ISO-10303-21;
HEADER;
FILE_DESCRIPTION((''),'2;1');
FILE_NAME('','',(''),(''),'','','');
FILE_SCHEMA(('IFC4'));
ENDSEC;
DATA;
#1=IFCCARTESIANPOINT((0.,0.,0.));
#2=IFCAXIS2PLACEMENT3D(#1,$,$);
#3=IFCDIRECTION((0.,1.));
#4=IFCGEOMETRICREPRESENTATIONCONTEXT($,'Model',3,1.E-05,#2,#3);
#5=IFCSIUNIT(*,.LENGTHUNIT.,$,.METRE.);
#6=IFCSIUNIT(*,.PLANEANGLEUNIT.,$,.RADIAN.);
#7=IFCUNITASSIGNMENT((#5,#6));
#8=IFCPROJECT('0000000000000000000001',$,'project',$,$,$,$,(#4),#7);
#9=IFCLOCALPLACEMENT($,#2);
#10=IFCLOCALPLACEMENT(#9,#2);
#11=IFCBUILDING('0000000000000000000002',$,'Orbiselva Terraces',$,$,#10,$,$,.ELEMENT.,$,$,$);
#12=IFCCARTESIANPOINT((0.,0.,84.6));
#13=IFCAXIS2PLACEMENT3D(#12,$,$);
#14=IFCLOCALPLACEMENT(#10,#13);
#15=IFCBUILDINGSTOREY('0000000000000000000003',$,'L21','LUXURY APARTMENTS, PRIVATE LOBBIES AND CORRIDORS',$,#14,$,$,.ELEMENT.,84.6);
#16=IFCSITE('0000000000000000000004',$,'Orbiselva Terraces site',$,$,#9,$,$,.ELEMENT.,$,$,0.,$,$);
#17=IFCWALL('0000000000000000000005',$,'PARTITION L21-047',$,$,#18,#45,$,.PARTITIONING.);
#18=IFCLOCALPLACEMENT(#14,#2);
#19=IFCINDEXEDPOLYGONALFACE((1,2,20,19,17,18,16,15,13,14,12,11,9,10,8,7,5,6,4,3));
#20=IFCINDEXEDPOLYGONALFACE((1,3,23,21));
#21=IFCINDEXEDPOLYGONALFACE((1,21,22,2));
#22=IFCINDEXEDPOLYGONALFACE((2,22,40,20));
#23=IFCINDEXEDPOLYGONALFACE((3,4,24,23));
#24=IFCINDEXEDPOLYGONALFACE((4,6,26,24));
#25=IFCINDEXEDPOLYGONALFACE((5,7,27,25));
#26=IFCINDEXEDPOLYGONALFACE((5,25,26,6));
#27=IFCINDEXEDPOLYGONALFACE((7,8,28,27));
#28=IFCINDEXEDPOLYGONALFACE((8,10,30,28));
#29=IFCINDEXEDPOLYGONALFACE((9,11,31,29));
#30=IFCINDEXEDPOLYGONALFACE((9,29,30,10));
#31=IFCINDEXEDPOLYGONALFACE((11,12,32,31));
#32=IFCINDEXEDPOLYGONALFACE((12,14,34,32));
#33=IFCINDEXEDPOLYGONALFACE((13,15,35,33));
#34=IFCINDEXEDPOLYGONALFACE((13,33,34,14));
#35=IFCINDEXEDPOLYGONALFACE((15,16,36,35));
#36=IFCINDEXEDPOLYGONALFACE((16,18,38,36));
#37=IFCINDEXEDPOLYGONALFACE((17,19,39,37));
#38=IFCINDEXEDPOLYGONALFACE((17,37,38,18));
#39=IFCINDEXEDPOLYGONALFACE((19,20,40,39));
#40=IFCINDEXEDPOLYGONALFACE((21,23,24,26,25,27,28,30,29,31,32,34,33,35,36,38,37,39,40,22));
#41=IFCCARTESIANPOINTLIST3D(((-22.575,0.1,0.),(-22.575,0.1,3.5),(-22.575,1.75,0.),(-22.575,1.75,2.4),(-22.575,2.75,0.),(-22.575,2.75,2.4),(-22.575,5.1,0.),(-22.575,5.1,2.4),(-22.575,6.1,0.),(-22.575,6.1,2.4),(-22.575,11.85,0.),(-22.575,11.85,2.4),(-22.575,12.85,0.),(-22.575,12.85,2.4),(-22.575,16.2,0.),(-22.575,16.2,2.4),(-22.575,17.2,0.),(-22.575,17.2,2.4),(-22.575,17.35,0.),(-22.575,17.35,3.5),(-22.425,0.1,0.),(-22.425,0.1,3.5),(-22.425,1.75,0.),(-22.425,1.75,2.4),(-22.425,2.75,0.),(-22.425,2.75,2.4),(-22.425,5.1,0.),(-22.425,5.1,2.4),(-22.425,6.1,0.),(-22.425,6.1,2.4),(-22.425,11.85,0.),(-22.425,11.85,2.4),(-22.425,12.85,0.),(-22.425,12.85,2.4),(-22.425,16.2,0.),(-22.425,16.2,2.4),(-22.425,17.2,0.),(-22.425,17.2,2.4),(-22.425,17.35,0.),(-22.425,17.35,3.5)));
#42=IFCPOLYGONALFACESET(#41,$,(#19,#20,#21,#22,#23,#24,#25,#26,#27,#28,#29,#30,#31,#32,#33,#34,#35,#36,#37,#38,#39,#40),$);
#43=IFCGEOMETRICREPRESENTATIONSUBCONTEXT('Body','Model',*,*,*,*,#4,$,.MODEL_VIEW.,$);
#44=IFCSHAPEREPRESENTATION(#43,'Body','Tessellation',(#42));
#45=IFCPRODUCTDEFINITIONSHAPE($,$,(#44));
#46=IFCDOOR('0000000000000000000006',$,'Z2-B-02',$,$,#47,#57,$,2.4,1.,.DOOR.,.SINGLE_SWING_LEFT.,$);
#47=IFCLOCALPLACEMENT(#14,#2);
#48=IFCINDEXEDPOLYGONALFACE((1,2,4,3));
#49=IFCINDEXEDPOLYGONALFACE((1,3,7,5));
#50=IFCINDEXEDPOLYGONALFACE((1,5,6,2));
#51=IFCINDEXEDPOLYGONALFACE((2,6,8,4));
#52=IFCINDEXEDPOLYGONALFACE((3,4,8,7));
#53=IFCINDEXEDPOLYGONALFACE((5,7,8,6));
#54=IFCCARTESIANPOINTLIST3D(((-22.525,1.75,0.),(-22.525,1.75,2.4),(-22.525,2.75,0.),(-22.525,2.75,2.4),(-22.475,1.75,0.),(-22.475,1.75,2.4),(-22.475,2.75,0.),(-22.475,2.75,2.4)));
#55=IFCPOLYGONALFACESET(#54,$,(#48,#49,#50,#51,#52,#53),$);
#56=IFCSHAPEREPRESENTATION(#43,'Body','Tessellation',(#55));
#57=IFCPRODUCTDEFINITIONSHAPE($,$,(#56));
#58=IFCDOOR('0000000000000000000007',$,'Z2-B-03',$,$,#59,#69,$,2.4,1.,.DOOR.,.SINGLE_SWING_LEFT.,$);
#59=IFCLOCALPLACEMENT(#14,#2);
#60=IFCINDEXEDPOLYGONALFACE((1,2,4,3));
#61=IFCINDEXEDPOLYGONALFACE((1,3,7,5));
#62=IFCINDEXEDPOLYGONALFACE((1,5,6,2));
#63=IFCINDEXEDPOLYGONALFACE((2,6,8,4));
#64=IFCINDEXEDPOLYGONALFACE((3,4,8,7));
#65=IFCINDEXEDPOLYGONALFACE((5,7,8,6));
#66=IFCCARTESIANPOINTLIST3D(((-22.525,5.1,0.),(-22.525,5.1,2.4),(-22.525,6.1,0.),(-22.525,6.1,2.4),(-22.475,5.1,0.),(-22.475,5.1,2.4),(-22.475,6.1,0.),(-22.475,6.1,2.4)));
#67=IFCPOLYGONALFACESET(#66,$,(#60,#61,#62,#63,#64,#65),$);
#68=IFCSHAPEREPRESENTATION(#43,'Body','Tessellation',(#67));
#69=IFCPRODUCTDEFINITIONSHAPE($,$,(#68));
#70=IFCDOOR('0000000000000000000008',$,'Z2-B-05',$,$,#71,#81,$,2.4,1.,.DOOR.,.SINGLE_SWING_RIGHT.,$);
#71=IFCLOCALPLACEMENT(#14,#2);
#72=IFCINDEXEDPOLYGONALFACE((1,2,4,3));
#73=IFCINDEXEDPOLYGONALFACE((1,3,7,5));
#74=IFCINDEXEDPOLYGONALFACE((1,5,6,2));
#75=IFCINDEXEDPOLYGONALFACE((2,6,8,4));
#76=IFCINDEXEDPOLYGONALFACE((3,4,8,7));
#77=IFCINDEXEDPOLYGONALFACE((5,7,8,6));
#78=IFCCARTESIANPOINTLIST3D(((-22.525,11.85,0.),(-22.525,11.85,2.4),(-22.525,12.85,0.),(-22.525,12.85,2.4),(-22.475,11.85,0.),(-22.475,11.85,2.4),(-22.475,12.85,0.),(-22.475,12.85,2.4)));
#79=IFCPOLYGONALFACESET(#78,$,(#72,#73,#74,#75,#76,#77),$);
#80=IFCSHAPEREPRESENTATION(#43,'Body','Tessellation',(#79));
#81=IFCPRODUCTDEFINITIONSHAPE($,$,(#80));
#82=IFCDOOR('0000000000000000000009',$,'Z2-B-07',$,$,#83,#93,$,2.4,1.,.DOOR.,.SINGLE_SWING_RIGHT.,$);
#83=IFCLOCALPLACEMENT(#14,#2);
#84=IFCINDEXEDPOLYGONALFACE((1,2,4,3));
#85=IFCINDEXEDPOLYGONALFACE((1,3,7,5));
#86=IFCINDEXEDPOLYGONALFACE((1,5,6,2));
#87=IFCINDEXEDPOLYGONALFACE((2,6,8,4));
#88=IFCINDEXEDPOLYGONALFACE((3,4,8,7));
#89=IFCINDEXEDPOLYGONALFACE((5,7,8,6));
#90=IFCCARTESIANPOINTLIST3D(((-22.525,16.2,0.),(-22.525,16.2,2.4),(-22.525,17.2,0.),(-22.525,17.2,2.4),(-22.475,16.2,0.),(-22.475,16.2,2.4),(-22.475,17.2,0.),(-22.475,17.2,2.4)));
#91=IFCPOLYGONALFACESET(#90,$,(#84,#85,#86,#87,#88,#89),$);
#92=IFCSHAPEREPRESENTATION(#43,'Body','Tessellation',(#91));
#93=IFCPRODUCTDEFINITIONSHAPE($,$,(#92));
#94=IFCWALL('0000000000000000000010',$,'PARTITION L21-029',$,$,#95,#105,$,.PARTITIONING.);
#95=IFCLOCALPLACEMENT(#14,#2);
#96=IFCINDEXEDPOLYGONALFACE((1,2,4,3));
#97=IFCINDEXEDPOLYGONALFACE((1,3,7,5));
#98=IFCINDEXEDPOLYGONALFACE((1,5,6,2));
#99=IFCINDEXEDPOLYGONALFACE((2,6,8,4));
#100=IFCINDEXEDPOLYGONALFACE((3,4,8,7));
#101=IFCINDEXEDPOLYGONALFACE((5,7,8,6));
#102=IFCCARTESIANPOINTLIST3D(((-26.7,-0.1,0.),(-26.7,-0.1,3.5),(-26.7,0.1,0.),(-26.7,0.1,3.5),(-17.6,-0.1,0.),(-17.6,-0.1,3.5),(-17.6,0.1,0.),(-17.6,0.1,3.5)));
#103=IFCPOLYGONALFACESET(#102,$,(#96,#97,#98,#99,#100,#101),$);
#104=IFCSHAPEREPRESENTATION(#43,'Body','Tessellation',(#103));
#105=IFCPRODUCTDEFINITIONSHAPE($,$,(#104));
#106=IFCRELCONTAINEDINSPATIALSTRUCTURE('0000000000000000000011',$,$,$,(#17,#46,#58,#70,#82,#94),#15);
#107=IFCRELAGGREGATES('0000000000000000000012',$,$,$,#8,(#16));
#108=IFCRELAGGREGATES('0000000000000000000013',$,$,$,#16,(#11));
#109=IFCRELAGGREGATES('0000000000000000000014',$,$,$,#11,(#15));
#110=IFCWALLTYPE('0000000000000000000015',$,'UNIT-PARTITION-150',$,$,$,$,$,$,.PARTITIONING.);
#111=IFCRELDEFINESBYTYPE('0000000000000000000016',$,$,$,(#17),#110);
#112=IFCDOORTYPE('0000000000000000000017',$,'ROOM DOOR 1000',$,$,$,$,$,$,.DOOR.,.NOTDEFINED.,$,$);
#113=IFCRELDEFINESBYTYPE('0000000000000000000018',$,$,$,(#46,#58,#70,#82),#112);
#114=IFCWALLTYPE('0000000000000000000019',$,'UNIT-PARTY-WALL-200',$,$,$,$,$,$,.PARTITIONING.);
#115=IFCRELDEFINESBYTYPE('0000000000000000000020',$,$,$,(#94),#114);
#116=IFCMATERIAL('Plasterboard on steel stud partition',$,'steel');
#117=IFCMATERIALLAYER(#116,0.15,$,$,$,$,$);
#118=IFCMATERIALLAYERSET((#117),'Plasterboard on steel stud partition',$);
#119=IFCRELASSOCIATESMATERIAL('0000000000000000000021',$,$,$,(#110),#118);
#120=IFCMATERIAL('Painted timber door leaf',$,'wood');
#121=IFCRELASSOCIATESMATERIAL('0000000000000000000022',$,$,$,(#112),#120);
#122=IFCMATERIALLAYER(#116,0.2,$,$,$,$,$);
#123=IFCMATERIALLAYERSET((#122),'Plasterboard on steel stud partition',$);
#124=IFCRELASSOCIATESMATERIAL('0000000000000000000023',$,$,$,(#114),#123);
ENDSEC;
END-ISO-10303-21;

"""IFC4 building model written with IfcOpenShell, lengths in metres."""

from ifc_helpers import new_model, si_unit, direction, frame, frame_2d, origin, place, context, subcontext, project, spatial, rectangle, extrude, material, layer, layer_set, type_object, element, fill, save


model = new_model("IFC4")

# Units and contexts
model_context = context("Model", 3, precision=1e-05, world=origin(), true_north=direction((0.0, 1.0)))
body_context = subcontext(model_context, "Body", "Model", "MODEL_VIEW")
ifc_project = project(units=[si_unit("LENGTHUNIT", "METRE"), si_unit("PLANEANGLEUNIT", "RADIAN")], contexts=[model_context])

# Site, building, storey
site_placement = place(None, origin())
site = spatial("IfcSite", under=ifc_project, at=site_placement, Name="Orbiselva Terraces site", CompositionType="ELEMENT", RefElevation=0.0)
building_placement = place(site_placement, origin())
building = spatial("IfcBuilding", under=site, at=building_placement, Name="Orbiselva Terraces", CompositionType="ELEMENT")
storey_placement = place(building_placement, frame((0.0, 0.0, 84.6)))
storey = spatial("IfcBuildingStorey", under=building, at=storey_placement, Name="L21", Description="LUXURY APARTMENTS, PRIVATE LOBBIES AND CORRIDORS", CompositionType="ELEMENT", Elevation=84.6)

# Shared definitions
ifc_material_1 = material(Name="Plasterboard on steel stud partition", Category="steel")
ifc_layer_1 = layer(ifc_material_1, 0.15)
ifc_layer_set_1 = layer_set([ifc_layer_1], Name="Plasterboard on steel stud partition")
wall_type_1 = type_object("IfcWallType", Name="UNIT-PARTITION-150", PredefinedType="PARTITIONING", material=ifc_layer_set_1)

# Wall, openings, doors
wall_1_placement = place(storey_placement, frame((-22.5, 0.1, 0.0), z_axis=(0.0, 0.0, 1.0), x_axis=(0.0, 1.0, 0.0)))
wall_1 = element("IfcWall", 1, at=wall_1_placement, inside=storey, type_object=wall_type_1, Name="PARTITION L21-047", PredefinedType="PARTITIONING", context=body_context, shape_type="SweptSolid", body=[
    extrude(rectangle(XDim=17.25, YDim=0.15, at=frame_2d((8.625, 0.0))), origin(), (0.0, 0.0, 1.0), 3.5),
])
opening_1_placement = place(wall_1_placement, frame((1.65, 0.0, 0.0)))
opening_1 = element("IfcOpeningElement", 2, at=opening_1_placement, cuts=wall_1, PredefinedType="OPENING", context=body_context, shape_type="SweptSolid", body=[
    extrude(rectangle(XDim=1.0, YDim=2.4, at=frame_2d((0.5, 1.2))), frame((0.0, 0.085, 0.0), z_axis=(0.0, -1.0, 0.0), x_axis=(1.0, 0.0, 0.0)), (0.0, 0.0, 1.0), 0.17),
])
opening_2_placement = place(wall_1_placement, frame((5.0, 0.0, 0.0)))
opening_2 = element("IfcOpeningElement", 3, at=opening_2_placement, cuts=wall_1, PredefinedType="OPENING", context=body_context, shape_type="SweptSolid", body=[
    extrude(rectangle(XDim=1.0, YDim=2.4, at=frame_2d((0.5, 1.2))), frame((0.0, 0.085, 0.0), z_axis=(0.0, -1.0, 0.0), x_axis=(1.0, 0.0, 0.0)), (0.0, 0.0, 1.0), 0.17),
])
opening_3_placement = place(wall_1_placement, frame((11.75, 0.0, 0.0)))
opening_3 = element("IfcOpeningElement", 4, at=opening_3_placement, cuts=wall_1, PredefinedType="OPENING", context=body_context, shape_type="SweptSolid", body=[
    extrude(rectangle(XDim=1.0, YDim=2.4, at=frame_2d((0.5, 1.2))), frame((0.0, 0.085, 0.0), z_axis=(0.0, -1.0, 0.0), x_axis=(1.0, 0.0, 0.0)), (0.0, 0.0, 1.0), 0.17),
])
opening_4_placement = place(wall_1_placement, frame((16.1, 0.0, 0.0)))
opening_4 = element("IfcOpeningElement", 5, at=opening_4_placement, cuts=wall_1, PredefinedType="OPENING", context=body_context, shape_type="SweptSolid", body=[
    extrude(rectangle(XDim=1.0, YDim=2.4, at=frame_2d((0.5, 1.2))), frame((0.0, 0.085, 0.0), z_axis=(0.0, -1.0, 0.0), x_axis=(1.0, 0.0, 0.0)), (0.0, 0.0, 1.0), 0.17),
])
ifc_material_2 = material(Name="Painted timber door leaf", Category="wood")
door_type_1 = type_object("IfcDoorType", Name="ROOM DOOR 1000", OperationType="NOTDEFINED", PredefinedType="DOOR", material=ifc_material_2)
door_1_placement = place(opening_1_placement, origin())
door_1 = element("IfcDoor", 6, at=door_1_placement, inside=storey, type_object=door_type_1, Name="Z2-B-02", OperationType="SINGLE_SWING_LEFT", OverallHeight=2.4, OverallWidth=1.0, PredefinedType="DOOR", context=body_context, shape_type="SweptSolid", body=[
    extrude(rectangle(XDim=1.0, YDim=2.4, at=frame_2d((0.5, 1.2))), frame((0.0, 0.025, 0.0), z_axis=(0.0, -1.0, 0.0), x_axis=(1.0, 0.0, 0.0)), (0.0, 0.0, 1.0), 0.05),
])
fill(opening_1, door_1)
door_2_placement = place(opening_2_placement, origin())
door_2 = element("IfcDoor", 7, at=door_2_placement, inside=storey, type_object=door_type_1, Name="Z2-B-03", OperationType="SINGLE_SWING_LEFT", OverallHeight=2.4, OverallWidth=1.0, PredefinedType="DOOR", context=body_context, shape_type="SweptSolid", body=[
    extrude(rectangle(XDim=1.0, YDim=2.4, at=frame_2d((0.5, 1.2))), frame((0.0, 0.025, 0.0), z_axis=(0.0, -1.0, 0.0), x_axis=(1.0, 0.0, 0.0)), (0.0, 0.0, 1.0), 0.05),
])
fill(opening_2, door_2)
door_3_placement = place(opening_3_placement, origin())
door_3 = element("IfcDoor", 8, at=door_3_placement, inside=storey, type_object=door_type_1, Name="Z2-B-05", OperationType="SINGLE_SWING_RIGHT", OverallHeight=2.4, OverallWidth=1.0, PredefinedType="DOOR", context=body_context, shape_type="SweptSolid", body=[
    extrude(rectangle(XDim=1.0, YDim=2.4, at=frame_2d((0.5, 1.2))), frame((0.0, 0.025, 0.0), z_axis=(0.0, -1.0, 0.0), x_axis=(1.0, 0.0, 0.0)), (0.0, 0.0, 1.0), 0.05),
])
fill(opening_3, door_3)
door_4_placement = place(opening_4_placement, origin())
door_4 = element("IfcDoor", 9, at=door_4_placement, inside=storey, type_object=door_type_1, Name="Z2-B-07", OperationType="SINGLE_SWING_RIGHT", OverallHeight=2.4, OverallWidth=1.0, PredefinedType="DOOR", context=body_context, shape_type="SweptSolid", body=[
    extrude(rectangle(XDim=1.0, YDim=2.4, at=frame_2d((0.5, 1.2))), frame((0.0, 0.025, 0.0), z_axis=(0.0, -1.0, 0.0), x_axis=(1.0, 0.0, 0.0)), (0.0, 0.0, 1.0), 0.05),
])
fill(opening_4, door_4)

# Wall
ifc_layer_2 = layer(ifc_material_1, 0.2)
ifc_layer_set_2 = layer_set([ifc_layer_2], Name="Plasterboard on steel stud partition")
wall_type_2 = type_object("IfcWallType", Name="UNIT-PARTY-WALL-200", PredefinedType="PARTITIONING", material=ifc_layer_set_2)
wall_2_placement = place(storey_placement, frame((-26.7, 0.0, 0.0), z_axis=(0.0, 0.0, 1.0), x_axis=(1.0, 0.0, 0.0)))
element("IfcWall", 10, at=wall_2_placement, inside=storey, type_object=wall_type_2, Name="PARTITION L21-029", PredefinedType="PARTITIONING", context=body_context, shape_type="SweptSolid", body=[
    extrude(rectangle(XDim=9.1, YDim=0.2, at=frame_2d((4.55, 0.0))), origin(), (0.0, 0.0, 1.0), 3.5),
])

save(model, "model.ifc")
